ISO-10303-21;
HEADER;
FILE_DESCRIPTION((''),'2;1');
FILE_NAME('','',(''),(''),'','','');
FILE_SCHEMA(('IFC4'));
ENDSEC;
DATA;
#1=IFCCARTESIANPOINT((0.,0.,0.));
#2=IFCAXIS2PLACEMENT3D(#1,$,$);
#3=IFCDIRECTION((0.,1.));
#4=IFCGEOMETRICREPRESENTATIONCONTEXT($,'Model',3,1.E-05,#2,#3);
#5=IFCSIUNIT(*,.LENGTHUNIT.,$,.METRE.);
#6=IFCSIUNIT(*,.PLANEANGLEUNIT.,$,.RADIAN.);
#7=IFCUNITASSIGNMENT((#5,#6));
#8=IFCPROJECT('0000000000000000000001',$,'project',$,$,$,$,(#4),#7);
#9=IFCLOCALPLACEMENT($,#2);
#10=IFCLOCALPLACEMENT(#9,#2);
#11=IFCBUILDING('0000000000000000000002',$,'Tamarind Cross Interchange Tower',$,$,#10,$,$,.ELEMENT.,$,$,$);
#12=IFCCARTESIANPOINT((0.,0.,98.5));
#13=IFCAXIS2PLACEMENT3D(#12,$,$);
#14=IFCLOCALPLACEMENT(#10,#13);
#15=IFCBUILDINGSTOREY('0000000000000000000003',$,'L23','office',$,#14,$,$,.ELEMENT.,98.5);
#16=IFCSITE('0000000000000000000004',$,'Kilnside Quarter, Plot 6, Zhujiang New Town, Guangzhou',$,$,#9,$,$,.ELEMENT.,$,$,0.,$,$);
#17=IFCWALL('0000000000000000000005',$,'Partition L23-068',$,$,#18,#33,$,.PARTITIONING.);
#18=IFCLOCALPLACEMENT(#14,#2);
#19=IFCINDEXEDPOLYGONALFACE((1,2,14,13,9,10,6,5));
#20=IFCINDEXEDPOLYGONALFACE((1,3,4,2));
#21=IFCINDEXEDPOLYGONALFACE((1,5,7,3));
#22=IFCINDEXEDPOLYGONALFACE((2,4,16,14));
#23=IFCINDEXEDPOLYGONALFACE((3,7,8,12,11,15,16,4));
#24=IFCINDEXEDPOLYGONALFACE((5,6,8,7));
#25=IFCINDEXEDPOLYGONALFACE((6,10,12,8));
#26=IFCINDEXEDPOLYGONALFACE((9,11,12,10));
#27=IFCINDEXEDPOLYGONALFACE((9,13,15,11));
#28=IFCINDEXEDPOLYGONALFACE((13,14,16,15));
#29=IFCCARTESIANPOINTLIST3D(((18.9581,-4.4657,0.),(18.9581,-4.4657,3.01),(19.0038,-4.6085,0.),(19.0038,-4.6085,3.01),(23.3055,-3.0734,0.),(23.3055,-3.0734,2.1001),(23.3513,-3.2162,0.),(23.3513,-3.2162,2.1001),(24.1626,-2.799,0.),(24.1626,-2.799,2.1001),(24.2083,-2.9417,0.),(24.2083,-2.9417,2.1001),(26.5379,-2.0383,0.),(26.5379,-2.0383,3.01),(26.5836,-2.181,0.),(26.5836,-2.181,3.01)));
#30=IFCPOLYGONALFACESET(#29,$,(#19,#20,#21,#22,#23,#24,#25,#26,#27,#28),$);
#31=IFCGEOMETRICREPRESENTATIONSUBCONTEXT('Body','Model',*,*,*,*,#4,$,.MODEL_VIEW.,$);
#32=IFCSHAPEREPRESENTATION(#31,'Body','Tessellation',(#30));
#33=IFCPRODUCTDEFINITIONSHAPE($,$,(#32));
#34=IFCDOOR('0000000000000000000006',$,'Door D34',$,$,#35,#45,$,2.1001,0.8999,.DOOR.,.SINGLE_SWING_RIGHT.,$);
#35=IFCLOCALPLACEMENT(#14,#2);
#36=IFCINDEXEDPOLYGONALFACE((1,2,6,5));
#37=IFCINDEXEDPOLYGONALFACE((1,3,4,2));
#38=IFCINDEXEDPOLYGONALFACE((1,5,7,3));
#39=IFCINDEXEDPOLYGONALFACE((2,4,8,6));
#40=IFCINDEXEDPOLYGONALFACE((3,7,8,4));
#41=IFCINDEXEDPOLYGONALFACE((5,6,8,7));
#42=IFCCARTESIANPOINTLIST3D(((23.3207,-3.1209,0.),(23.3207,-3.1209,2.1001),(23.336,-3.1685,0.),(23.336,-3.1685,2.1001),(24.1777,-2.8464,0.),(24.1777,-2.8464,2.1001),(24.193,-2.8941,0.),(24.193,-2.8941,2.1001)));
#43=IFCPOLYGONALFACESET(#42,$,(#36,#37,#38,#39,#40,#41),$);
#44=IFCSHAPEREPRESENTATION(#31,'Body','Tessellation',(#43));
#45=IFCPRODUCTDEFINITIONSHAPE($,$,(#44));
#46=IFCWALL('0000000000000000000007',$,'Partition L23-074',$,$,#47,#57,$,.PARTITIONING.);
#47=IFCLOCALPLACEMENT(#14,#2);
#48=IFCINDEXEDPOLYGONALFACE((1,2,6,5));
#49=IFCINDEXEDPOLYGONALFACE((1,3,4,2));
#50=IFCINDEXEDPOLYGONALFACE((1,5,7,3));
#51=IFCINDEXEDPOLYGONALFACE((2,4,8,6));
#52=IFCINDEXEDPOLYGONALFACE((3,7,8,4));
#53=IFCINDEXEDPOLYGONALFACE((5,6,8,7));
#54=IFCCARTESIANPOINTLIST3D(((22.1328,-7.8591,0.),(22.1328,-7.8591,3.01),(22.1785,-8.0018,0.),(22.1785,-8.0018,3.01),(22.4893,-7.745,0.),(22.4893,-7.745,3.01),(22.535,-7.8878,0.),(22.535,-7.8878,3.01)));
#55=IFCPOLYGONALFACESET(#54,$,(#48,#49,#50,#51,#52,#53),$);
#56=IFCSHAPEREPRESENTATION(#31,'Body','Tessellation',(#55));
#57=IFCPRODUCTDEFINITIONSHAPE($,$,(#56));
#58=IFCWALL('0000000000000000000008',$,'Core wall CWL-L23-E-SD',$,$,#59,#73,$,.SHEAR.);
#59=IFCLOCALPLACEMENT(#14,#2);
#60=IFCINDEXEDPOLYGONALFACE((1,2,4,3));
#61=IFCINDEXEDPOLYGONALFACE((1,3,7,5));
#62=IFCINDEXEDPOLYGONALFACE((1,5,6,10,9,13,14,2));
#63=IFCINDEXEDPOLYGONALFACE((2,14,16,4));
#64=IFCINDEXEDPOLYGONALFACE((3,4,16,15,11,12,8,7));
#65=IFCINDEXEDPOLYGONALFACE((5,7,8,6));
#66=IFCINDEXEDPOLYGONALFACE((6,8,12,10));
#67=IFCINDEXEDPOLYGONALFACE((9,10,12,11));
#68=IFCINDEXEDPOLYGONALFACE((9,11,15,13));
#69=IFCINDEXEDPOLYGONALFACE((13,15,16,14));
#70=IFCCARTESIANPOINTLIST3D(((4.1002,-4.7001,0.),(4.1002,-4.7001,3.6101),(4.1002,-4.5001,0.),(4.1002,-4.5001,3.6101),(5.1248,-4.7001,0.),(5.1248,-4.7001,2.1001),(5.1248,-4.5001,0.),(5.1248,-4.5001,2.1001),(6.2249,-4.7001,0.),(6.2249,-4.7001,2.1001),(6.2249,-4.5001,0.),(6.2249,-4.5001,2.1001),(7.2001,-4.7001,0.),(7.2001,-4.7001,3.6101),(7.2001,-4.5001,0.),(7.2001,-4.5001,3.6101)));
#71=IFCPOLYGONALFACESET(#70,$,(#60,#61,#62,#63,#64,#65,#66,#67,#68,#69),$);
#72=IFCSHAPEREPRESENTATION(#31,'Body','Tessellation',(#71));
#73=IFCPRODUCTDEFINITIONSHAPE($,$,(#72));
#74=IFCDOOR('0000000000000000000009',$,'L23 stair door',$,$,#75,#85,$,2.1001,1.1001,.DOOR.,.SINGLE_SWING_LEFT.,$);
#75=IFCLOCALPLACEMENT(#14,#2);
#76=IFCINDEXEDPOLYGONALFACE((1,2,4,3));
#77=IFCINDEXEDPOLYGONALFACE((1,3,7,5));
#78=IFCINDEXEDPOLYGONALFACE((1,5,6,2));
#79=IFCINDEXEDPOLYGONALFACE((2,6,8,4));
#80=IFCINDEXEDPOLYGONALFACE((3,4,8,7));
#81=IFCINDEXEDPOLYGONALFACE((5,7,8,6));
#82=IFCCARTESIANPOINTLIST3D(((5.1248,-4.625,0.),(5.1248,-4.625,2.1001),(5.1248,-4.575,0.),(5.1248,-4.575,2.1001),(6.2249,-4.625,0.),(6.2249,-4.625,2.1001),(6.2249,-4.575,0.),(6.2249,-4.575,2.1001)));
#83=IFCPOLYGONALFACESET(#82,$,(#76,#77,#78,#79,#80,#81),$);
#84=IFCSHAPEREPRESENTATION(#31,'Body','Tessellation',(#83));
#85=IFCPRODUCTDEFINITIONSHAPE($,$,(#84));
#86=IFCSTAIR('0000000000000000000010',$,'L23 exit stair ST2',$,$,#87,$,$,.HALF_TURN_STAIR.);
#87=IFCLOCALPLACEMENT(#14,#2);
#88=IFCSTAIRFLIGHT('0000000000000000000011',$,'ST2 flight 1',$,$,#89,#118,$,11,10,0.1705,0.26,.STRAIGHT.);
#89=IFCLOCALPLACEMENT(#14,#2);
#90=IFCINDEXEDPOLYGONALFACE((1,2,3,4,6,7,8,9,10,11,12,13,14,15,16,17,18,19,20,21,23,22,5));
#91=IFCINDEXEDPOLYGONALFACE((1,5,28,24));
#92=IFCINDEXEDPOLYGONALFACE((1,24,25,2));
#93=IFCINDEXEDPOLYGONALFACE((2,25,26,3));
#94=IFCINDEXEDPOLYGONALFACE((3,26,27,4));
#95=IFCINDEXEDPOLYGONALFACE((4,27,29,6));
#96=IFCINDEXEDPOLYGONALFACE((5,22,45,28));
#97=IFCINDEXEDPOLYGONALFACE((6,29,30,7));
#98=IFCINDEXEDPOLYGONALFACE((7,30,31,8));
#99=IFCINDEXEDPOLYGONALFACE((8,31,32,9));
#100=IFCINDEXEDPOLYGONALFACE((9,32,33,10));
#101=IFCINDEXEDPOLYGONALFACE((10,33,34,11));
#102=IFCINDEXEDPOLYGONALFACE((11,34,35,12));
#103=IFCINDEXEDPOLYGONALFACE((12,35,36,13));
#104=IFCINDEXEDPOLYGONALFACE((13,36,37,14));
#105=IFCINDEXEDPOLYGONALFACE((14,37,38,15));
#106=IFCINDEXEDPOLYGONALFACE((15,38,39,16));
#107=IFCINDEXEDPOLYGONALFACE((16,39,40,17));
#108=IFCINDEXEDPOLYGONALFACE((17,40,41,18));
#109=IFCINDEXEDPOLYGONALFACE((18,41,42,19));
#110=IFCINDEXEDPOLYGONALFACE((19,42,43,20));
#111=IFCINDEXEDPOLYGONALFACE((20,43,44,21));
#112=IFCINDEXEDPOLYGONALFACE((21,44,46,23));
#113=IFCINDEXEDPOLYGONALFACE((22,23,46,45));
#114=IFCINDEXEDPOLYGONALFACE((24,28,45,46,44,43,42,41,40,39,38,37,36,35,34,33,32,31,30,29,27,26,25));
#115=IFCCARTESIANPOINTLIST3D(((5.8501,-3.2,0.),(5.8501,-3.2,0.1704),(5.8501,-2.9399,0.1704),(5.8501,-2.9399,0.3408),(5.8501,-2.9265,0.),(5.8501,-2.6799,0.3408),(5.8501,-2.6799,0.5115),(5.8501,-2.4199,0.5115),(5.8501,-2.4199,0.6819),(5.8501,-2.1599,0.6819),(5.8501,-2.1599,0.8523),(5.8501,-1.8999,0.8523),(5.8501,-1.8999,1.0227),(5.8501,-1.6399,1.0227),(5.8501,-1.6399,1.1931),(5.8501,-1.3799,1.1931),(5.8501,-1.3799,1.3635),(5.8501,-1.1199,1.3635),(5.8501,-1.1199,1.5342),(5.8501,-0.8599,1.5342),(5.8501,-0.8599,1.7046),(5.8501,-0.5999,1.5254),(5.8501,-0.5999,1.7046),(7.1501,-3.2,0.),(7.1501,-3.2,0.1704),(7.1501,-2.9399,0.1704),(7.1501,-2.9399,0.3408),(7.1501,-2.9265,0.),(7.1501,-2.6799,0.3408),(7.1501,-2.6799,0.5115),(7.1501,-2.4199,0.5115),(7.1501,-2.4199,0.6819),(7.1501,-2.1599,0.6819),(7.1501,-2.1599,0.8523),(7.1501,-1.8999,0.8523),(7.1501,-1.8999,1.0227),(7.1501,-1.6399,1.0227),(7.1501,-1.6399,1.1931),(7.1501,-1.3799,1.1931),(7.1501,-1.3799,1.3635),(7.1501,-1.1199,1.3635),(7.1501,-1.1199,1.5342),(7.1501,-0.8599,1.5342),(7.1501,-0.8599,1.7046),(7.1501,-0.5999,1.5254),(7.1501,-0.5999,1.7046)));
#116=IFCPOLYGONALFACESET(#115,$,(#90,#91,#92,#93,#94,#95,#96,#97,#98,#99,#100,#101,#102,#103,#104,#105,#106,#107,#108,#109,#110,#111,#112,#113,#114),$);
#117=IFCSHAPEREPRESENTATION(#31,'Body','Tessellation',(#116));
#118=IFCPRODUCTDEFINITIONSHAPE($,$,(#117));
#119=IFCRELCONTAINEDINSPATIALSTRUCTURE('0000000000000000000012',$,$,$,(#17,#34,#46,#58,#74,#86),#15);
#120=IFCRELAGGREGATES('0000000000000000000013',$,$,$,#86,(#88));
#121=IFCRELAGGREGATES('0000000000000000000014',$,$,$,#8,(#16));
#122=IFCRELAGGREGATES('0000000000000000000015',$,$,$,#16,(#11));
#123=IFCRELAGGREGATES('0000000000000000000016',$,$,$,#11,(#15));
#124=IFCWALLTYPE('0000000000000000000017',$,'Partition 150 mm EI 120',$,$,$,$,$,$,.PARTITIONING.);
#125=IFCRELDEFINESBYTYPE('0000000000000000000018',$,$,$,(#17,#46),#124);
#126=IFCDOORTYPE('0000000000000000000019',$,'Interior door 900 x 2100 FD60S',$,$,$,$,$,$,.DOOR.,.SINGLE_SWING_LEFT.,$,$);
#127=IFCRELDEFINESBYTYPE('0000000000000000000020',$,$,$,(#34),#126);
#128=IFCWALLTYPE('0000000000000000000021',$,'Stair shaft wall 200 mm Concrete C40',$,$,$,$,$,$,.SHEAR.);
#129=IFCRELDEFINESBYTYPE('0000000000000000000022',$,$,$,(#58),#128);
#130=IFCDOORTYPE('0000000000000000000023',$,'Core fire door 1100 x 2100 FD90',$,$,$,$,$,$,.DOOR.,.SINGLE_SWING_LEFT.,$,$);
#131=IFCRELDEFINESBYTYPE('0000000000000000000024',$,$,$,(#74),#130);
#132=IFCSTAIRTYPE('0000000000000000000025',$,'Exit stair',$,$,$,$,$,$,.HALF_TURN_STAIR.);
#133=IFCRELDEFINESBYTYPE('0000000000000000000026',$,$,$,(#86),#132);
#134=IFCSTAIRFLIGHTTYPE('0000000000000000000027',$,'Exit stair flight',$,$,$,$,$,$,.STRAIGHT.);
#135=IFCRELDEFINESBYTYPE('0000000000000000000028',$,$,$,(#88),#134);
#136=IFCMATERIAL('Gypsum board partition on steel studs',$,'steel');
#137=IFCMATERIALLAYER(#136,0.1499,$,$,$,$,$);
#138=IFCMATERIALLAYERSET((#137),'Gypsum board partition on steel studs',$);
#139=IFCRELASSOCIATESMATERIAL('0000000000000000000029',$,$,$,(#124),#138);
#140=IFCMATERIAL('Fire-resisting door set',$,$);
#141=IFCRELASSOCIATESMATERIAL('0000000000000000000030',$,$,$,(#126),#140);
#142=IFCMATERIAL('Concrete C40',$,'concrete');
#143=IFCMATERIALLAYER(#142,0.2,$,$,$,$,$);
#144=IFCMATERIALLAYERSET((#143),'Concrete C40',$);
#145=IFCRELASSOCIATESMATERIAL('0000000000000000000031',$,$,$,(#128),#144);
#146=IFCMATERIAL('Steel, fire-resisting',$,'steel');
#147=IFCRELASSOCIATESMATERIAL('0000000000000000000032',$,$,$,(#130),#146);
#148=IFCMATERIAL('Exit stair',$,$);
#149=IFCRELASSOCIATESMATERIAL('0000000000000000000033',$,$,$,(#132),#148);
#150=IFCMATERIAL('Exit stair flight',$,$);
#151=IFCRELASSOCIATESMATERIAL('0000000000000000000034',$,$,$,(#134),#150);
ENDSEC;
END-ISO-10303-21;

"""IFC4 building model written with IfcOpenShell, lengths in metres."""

from ifc_helpers import new_model, si_unit, direction, frame, frame_2d, origin, place, context, subcontext, project, spatial, polyline, rectangle, outline, extrude, material, layer, layer_set, type_object, element, fill, aggregate, save


model = new_model("IFC4")

# Units and contexts
model_context = context("Model", 3, precision=1e-05, world=origin(), true_north=direction((0.0, 1.0)))
body_context = subcontext(model_context, "Body", "Model", "MODEL_VIEW")
ifc_project = project(units=[si_unit("LENGTHUNIT", "METRE"), si_unit("PLANEANGLEUNIT", "RADIAN")], contexts=[model_context])

# Site, building, storey
site_placement = place(None, origin())
site = spatial("IfcSite", under=ifc_project, at=site_placement, Name="Kilnside Quarter, Plot 6, Zhujiang New Town, Guangzhou", CompositionType="ELEMENT", RefElevation=0.0)
building_placement = place(site_placement, origin())
building = spatial("IfcBuilding", under=site, at=building_placement, Name="Tamarind Cross Interchange Tower", CompositionType="ELEMENT")
storey_placement = place(building_placement, frame((0.0, 0.0, 98.5)))
storey = spatial("IfcBuildingStorey", under=building, at=storey_placement, Name="L23", Description="office", CompositionType="ELEMENT", Elevation=98.5)

# Wall, opening, door
ifc_material_1 = material(Name="Gypsum board partition on steel studs", Category="steel")
ifc_layer_1 = layer(ifc_material_1, 0.1499)
ifc_layer_set_1 = layer_set([ifc_layer_1], Name="Gypsum board partition on steel studs")
wall_type_1 = type_object("IfcWallType", Name="Partition 150 mm EI 120", PredefinedType="PARTITIONING", material=ifc_layer_set_1)
wall_1_placement = place(storey_placement, frame((18.981, -4.5371, 0.0), z_axis=(0.0, 0.0, 1.0), x_axis=(0.952353, 0.304997, 0.0)))
wall_1 = element("IfcWall", 1, at=wall_1_placement, inside=storey, type_object=wall_type_1, Name="Partition L23-068", PredefinedType="PARTITIONING", context=body_context, shape_type="SweptSolid", body=[
    extrude(rectangle(XDim=7.959, YDim=0.1499, at=frame_2d((3.9795, 0.0))), origin(), (0.0, 0.0, 1.0), 3.01),
])
opening_1_placement = place(wall_1_placement, frame((4.5649, 0.0, 0.0)))
opening_1 = element("IfcOpeningElement", 2, at=opening_1_placement, cuts=wall_1, PredefinedType="OPENING", context=body_context, shape_type="SweptSolid", body=[
    extrude(rectangle(XDim=0.8999, YDim=2.1001, at=frame_2d((0.45, 1.05))), frame((0.0, 0.085, 0.0), z_axis=(0.0, -1.0, 0.0), x_axis=(1.0, 0.0, 0.0)), (0.0, 0.0, 1.0), 0.1699),
])
ifc_material_2 = material(Name="Fire-resisting door set")
door_type_1 = type_object("IfcDoorType", Name="Interior door 900 x 2100 FD60S", OperationType="SINGLE_SWING_LEFT", PredefinedType="DOOR", material=ifc_material_2)
door_1_placement = place(opening_1_placement, frame((0.8999, 0.0, 0.0), z_axis=(0.0, 0.0, 1.0), x_axis=(-1.0, 0.0, 0.0)))
door_1 = element("IfcDoor", 3, at=door_1_placement, inside=storey, type_object=door_type_1, Name="Door D34", OperationType="SINGLE_SWING_RIGHT", OverallHeight=2.1001, OverallWidth=0.8999, PredefinedType="DOOR", context=body_context, shape_type="SweptSolid", body=[
    extrude(rectangle(XDim=0.8999, YDim=2.1001, at=frame_2d((0.45, 1.05))), frame((0.0, 0.0249, 0.0), z_axis=(0.0, -1.0, 0.0), x_axis=(1.0, 0.0, 0.0)), (0.0, 0.0, 1.0), 0.05),
])
fill(opening_1, door_1)

# Wall
wall_2_placement = place(storey_placement, frame((22.1558, -7.9304, 0.0), z_axis=(0.0, 0.0, 1.0), x_axis=(0.952462, 0.304657, 0.0)))
element("IfcWall", 4, at=wall_2_placement, inside=storey, type_object=wall_type_1, Name="Partition L23-074", PredefinedType="PARTITIONING", context=body_context, shape_type="SweptSolid", body=[
    extrude(rectangle(XDim=0.3743, YDim=0.1499, at=frame_2d((0.187, 0.0))), origin(), (0.0, 0.0, 1.0), 3.01),
])

# Wall, opening, door
ifc_material_3 = material(Name="Concrete C40", Category="concrete")
ifc_layer_2 = layer(ifc_material_3, 0.2)
ifc_layer_set_2 = layer_set([ifc_layer_2], Name="Concrete C40")
wall_type_2 = type_object("IfcWallType", Name="Stair shaft wall 200 mm Concrete C40", PredefinedType="SHEAR", material=ifc_layer_set_2)
wall_3_placement = place(storey_placement, frame((7.2, -4.6001, 0.0), z_axis=(0.0, 0.0, 1.0), x_axis=(-1.0, 0.0, 0.0)))
wall_3 = element("IfcWall", 5, at=wall_3_placement, inside=storey, type_object=wall_type_2, Name="Core wall CWL-L23-E-SD", PredefinedType="SHEAR", context=body_context, shape_type="SweptSolid", body=[
    extrude(rectangle(XDim=3.0999, YDim=0.2, at=frame_2d((1.5498, 0.0))), origin(), (0.0, 0.0, 1.0), 3.6101),
])
opening_2_placement = place(wall_3_placement, frame((0.9751, 0.0, 0.0)))
opening_2 = element("IfcOpeningElement", 6, at=opening_2_placement, cuts=wall_3, PredefinedType="OPENING", context=body_context, shape_type="SweptSolid", body=[
    extrude(rectangle(XDim=1.1001, YDim=2.1001, at=frame_2d((0.55, 1.05))), frame((0.0, 0.1099, 0.0), z_axis=(0.0, -1.0, 0.0), x_axis=(1.0, 0.0, 0.0)), (0.0, 0.0, 1.0), 0.22),
])
ifc_material_4 = material(Name="Steel, fire-resisting", Category="steel")
door_type_2 = type_object("IfcDoorType", Name="Core fire door 1100 x 2100 FD90", OperationType="SINGLE_SWING_LEFT", PredefinedType="DOOR", material=ifc_material_4)
door_2_placement = place(opening_2_placement, origin())
door_2 = element("IfcDoor", 7, at=door_2_placement, inside=storey, type_object=door_type_2, Name="L23 stair door", OperationType="SINGLE_SWING_LEFT", OverallHeight=2.1001, OverallWidth=1.1001, PredefinedType="DOOR", context=body_context, shape_type="SweptSolid", body=[
    extrude(rectangle(XDim=1.1001, YDim=2.1001, at=frame_2d((0.55, 1.05))), frame((0.0, 0.0249, 0.0), z_axis=(0.0, -1.0, 0.0), x_axis=(1.0, 0.0, 0.0)), (0.0, 0.0, 1.0), 0.05),
])
fill(opening_2, door_2)

# Stair, stair flight
ifc_material_5 = material(Name="Exit stair")
stair_type = type_object("IfcStairType", Name="Exit stair", PredefinedType="HALF_TURN_STAIR", material=ifc_material_5)
stair_placement = place(storey_placement, origin())
stair = element("IfcStair", 8, at=stair_placement, inside=storey, type_object=stair_type, Name="L23 exit stair ST2", PredefinedType="HALF_TURN_STAIR")
ifc_material_6 = material(Name="Exit stair flight")
stair_flight_type = type_object("IfcStairFlightType", Name="Exit stair flight", PredefinedType="STRAIGHT", material=ifc_material_6)
stair_flight_placement = place(storey_placement, frame((6.5, -3.2, 0.0), z_axis=(0.0, 0.0, 1.0), x_axis=(0.0, 1.0, 0.0)))
stair_flight = element("IfcStairFlight", 9, at=stair_flight_placement, type_object=stair_flight_type, Name="ST2 flight 1", NumberOfRisers=11, NumberOfTreads=10, PredefinedType="STRAIGHT", RiserHeight=0.1705, TreadLength=0.26, context=body_context, shape_type="SweptSolid", body=[
    extrude(outline(polyline([(0.0, 0.0), (0.0, 0.1704), (0.26, 0.1704), (0.26, 0.3408), (0.52, 0.3408), (0.52, 0.5115), (0.78, 0.5115), (0.78, 0.6819), (1.04, 0.6819), (1.04, 0.8523), (1.3, 0.8523), (1.3, 1.0227), (1.5601, 1.0227), (1.5601, 1.1931), (1.8201, 1.1931), (1.8201, 1.3635), (2.0801, 1.3635), (2.0801, 1.5342), (2.3401, 1.5342), (2.3401, 1.7046), (2.6001, 1.7046), (2.6001, 1.875), (2.6001, 1.5254), (0.2734, 0.0), (0.0, 0.0)])), frame((0.0, 0.6499, 0.0), z_axis=(0.0, -1.0, 0.0), x_axis=(1.0, 0.0, 0.0)), (0.0, 0.0, 1.0), 1.3),
])
aggregate(stair, [stair_flight])

save(model, "model.ifc")
